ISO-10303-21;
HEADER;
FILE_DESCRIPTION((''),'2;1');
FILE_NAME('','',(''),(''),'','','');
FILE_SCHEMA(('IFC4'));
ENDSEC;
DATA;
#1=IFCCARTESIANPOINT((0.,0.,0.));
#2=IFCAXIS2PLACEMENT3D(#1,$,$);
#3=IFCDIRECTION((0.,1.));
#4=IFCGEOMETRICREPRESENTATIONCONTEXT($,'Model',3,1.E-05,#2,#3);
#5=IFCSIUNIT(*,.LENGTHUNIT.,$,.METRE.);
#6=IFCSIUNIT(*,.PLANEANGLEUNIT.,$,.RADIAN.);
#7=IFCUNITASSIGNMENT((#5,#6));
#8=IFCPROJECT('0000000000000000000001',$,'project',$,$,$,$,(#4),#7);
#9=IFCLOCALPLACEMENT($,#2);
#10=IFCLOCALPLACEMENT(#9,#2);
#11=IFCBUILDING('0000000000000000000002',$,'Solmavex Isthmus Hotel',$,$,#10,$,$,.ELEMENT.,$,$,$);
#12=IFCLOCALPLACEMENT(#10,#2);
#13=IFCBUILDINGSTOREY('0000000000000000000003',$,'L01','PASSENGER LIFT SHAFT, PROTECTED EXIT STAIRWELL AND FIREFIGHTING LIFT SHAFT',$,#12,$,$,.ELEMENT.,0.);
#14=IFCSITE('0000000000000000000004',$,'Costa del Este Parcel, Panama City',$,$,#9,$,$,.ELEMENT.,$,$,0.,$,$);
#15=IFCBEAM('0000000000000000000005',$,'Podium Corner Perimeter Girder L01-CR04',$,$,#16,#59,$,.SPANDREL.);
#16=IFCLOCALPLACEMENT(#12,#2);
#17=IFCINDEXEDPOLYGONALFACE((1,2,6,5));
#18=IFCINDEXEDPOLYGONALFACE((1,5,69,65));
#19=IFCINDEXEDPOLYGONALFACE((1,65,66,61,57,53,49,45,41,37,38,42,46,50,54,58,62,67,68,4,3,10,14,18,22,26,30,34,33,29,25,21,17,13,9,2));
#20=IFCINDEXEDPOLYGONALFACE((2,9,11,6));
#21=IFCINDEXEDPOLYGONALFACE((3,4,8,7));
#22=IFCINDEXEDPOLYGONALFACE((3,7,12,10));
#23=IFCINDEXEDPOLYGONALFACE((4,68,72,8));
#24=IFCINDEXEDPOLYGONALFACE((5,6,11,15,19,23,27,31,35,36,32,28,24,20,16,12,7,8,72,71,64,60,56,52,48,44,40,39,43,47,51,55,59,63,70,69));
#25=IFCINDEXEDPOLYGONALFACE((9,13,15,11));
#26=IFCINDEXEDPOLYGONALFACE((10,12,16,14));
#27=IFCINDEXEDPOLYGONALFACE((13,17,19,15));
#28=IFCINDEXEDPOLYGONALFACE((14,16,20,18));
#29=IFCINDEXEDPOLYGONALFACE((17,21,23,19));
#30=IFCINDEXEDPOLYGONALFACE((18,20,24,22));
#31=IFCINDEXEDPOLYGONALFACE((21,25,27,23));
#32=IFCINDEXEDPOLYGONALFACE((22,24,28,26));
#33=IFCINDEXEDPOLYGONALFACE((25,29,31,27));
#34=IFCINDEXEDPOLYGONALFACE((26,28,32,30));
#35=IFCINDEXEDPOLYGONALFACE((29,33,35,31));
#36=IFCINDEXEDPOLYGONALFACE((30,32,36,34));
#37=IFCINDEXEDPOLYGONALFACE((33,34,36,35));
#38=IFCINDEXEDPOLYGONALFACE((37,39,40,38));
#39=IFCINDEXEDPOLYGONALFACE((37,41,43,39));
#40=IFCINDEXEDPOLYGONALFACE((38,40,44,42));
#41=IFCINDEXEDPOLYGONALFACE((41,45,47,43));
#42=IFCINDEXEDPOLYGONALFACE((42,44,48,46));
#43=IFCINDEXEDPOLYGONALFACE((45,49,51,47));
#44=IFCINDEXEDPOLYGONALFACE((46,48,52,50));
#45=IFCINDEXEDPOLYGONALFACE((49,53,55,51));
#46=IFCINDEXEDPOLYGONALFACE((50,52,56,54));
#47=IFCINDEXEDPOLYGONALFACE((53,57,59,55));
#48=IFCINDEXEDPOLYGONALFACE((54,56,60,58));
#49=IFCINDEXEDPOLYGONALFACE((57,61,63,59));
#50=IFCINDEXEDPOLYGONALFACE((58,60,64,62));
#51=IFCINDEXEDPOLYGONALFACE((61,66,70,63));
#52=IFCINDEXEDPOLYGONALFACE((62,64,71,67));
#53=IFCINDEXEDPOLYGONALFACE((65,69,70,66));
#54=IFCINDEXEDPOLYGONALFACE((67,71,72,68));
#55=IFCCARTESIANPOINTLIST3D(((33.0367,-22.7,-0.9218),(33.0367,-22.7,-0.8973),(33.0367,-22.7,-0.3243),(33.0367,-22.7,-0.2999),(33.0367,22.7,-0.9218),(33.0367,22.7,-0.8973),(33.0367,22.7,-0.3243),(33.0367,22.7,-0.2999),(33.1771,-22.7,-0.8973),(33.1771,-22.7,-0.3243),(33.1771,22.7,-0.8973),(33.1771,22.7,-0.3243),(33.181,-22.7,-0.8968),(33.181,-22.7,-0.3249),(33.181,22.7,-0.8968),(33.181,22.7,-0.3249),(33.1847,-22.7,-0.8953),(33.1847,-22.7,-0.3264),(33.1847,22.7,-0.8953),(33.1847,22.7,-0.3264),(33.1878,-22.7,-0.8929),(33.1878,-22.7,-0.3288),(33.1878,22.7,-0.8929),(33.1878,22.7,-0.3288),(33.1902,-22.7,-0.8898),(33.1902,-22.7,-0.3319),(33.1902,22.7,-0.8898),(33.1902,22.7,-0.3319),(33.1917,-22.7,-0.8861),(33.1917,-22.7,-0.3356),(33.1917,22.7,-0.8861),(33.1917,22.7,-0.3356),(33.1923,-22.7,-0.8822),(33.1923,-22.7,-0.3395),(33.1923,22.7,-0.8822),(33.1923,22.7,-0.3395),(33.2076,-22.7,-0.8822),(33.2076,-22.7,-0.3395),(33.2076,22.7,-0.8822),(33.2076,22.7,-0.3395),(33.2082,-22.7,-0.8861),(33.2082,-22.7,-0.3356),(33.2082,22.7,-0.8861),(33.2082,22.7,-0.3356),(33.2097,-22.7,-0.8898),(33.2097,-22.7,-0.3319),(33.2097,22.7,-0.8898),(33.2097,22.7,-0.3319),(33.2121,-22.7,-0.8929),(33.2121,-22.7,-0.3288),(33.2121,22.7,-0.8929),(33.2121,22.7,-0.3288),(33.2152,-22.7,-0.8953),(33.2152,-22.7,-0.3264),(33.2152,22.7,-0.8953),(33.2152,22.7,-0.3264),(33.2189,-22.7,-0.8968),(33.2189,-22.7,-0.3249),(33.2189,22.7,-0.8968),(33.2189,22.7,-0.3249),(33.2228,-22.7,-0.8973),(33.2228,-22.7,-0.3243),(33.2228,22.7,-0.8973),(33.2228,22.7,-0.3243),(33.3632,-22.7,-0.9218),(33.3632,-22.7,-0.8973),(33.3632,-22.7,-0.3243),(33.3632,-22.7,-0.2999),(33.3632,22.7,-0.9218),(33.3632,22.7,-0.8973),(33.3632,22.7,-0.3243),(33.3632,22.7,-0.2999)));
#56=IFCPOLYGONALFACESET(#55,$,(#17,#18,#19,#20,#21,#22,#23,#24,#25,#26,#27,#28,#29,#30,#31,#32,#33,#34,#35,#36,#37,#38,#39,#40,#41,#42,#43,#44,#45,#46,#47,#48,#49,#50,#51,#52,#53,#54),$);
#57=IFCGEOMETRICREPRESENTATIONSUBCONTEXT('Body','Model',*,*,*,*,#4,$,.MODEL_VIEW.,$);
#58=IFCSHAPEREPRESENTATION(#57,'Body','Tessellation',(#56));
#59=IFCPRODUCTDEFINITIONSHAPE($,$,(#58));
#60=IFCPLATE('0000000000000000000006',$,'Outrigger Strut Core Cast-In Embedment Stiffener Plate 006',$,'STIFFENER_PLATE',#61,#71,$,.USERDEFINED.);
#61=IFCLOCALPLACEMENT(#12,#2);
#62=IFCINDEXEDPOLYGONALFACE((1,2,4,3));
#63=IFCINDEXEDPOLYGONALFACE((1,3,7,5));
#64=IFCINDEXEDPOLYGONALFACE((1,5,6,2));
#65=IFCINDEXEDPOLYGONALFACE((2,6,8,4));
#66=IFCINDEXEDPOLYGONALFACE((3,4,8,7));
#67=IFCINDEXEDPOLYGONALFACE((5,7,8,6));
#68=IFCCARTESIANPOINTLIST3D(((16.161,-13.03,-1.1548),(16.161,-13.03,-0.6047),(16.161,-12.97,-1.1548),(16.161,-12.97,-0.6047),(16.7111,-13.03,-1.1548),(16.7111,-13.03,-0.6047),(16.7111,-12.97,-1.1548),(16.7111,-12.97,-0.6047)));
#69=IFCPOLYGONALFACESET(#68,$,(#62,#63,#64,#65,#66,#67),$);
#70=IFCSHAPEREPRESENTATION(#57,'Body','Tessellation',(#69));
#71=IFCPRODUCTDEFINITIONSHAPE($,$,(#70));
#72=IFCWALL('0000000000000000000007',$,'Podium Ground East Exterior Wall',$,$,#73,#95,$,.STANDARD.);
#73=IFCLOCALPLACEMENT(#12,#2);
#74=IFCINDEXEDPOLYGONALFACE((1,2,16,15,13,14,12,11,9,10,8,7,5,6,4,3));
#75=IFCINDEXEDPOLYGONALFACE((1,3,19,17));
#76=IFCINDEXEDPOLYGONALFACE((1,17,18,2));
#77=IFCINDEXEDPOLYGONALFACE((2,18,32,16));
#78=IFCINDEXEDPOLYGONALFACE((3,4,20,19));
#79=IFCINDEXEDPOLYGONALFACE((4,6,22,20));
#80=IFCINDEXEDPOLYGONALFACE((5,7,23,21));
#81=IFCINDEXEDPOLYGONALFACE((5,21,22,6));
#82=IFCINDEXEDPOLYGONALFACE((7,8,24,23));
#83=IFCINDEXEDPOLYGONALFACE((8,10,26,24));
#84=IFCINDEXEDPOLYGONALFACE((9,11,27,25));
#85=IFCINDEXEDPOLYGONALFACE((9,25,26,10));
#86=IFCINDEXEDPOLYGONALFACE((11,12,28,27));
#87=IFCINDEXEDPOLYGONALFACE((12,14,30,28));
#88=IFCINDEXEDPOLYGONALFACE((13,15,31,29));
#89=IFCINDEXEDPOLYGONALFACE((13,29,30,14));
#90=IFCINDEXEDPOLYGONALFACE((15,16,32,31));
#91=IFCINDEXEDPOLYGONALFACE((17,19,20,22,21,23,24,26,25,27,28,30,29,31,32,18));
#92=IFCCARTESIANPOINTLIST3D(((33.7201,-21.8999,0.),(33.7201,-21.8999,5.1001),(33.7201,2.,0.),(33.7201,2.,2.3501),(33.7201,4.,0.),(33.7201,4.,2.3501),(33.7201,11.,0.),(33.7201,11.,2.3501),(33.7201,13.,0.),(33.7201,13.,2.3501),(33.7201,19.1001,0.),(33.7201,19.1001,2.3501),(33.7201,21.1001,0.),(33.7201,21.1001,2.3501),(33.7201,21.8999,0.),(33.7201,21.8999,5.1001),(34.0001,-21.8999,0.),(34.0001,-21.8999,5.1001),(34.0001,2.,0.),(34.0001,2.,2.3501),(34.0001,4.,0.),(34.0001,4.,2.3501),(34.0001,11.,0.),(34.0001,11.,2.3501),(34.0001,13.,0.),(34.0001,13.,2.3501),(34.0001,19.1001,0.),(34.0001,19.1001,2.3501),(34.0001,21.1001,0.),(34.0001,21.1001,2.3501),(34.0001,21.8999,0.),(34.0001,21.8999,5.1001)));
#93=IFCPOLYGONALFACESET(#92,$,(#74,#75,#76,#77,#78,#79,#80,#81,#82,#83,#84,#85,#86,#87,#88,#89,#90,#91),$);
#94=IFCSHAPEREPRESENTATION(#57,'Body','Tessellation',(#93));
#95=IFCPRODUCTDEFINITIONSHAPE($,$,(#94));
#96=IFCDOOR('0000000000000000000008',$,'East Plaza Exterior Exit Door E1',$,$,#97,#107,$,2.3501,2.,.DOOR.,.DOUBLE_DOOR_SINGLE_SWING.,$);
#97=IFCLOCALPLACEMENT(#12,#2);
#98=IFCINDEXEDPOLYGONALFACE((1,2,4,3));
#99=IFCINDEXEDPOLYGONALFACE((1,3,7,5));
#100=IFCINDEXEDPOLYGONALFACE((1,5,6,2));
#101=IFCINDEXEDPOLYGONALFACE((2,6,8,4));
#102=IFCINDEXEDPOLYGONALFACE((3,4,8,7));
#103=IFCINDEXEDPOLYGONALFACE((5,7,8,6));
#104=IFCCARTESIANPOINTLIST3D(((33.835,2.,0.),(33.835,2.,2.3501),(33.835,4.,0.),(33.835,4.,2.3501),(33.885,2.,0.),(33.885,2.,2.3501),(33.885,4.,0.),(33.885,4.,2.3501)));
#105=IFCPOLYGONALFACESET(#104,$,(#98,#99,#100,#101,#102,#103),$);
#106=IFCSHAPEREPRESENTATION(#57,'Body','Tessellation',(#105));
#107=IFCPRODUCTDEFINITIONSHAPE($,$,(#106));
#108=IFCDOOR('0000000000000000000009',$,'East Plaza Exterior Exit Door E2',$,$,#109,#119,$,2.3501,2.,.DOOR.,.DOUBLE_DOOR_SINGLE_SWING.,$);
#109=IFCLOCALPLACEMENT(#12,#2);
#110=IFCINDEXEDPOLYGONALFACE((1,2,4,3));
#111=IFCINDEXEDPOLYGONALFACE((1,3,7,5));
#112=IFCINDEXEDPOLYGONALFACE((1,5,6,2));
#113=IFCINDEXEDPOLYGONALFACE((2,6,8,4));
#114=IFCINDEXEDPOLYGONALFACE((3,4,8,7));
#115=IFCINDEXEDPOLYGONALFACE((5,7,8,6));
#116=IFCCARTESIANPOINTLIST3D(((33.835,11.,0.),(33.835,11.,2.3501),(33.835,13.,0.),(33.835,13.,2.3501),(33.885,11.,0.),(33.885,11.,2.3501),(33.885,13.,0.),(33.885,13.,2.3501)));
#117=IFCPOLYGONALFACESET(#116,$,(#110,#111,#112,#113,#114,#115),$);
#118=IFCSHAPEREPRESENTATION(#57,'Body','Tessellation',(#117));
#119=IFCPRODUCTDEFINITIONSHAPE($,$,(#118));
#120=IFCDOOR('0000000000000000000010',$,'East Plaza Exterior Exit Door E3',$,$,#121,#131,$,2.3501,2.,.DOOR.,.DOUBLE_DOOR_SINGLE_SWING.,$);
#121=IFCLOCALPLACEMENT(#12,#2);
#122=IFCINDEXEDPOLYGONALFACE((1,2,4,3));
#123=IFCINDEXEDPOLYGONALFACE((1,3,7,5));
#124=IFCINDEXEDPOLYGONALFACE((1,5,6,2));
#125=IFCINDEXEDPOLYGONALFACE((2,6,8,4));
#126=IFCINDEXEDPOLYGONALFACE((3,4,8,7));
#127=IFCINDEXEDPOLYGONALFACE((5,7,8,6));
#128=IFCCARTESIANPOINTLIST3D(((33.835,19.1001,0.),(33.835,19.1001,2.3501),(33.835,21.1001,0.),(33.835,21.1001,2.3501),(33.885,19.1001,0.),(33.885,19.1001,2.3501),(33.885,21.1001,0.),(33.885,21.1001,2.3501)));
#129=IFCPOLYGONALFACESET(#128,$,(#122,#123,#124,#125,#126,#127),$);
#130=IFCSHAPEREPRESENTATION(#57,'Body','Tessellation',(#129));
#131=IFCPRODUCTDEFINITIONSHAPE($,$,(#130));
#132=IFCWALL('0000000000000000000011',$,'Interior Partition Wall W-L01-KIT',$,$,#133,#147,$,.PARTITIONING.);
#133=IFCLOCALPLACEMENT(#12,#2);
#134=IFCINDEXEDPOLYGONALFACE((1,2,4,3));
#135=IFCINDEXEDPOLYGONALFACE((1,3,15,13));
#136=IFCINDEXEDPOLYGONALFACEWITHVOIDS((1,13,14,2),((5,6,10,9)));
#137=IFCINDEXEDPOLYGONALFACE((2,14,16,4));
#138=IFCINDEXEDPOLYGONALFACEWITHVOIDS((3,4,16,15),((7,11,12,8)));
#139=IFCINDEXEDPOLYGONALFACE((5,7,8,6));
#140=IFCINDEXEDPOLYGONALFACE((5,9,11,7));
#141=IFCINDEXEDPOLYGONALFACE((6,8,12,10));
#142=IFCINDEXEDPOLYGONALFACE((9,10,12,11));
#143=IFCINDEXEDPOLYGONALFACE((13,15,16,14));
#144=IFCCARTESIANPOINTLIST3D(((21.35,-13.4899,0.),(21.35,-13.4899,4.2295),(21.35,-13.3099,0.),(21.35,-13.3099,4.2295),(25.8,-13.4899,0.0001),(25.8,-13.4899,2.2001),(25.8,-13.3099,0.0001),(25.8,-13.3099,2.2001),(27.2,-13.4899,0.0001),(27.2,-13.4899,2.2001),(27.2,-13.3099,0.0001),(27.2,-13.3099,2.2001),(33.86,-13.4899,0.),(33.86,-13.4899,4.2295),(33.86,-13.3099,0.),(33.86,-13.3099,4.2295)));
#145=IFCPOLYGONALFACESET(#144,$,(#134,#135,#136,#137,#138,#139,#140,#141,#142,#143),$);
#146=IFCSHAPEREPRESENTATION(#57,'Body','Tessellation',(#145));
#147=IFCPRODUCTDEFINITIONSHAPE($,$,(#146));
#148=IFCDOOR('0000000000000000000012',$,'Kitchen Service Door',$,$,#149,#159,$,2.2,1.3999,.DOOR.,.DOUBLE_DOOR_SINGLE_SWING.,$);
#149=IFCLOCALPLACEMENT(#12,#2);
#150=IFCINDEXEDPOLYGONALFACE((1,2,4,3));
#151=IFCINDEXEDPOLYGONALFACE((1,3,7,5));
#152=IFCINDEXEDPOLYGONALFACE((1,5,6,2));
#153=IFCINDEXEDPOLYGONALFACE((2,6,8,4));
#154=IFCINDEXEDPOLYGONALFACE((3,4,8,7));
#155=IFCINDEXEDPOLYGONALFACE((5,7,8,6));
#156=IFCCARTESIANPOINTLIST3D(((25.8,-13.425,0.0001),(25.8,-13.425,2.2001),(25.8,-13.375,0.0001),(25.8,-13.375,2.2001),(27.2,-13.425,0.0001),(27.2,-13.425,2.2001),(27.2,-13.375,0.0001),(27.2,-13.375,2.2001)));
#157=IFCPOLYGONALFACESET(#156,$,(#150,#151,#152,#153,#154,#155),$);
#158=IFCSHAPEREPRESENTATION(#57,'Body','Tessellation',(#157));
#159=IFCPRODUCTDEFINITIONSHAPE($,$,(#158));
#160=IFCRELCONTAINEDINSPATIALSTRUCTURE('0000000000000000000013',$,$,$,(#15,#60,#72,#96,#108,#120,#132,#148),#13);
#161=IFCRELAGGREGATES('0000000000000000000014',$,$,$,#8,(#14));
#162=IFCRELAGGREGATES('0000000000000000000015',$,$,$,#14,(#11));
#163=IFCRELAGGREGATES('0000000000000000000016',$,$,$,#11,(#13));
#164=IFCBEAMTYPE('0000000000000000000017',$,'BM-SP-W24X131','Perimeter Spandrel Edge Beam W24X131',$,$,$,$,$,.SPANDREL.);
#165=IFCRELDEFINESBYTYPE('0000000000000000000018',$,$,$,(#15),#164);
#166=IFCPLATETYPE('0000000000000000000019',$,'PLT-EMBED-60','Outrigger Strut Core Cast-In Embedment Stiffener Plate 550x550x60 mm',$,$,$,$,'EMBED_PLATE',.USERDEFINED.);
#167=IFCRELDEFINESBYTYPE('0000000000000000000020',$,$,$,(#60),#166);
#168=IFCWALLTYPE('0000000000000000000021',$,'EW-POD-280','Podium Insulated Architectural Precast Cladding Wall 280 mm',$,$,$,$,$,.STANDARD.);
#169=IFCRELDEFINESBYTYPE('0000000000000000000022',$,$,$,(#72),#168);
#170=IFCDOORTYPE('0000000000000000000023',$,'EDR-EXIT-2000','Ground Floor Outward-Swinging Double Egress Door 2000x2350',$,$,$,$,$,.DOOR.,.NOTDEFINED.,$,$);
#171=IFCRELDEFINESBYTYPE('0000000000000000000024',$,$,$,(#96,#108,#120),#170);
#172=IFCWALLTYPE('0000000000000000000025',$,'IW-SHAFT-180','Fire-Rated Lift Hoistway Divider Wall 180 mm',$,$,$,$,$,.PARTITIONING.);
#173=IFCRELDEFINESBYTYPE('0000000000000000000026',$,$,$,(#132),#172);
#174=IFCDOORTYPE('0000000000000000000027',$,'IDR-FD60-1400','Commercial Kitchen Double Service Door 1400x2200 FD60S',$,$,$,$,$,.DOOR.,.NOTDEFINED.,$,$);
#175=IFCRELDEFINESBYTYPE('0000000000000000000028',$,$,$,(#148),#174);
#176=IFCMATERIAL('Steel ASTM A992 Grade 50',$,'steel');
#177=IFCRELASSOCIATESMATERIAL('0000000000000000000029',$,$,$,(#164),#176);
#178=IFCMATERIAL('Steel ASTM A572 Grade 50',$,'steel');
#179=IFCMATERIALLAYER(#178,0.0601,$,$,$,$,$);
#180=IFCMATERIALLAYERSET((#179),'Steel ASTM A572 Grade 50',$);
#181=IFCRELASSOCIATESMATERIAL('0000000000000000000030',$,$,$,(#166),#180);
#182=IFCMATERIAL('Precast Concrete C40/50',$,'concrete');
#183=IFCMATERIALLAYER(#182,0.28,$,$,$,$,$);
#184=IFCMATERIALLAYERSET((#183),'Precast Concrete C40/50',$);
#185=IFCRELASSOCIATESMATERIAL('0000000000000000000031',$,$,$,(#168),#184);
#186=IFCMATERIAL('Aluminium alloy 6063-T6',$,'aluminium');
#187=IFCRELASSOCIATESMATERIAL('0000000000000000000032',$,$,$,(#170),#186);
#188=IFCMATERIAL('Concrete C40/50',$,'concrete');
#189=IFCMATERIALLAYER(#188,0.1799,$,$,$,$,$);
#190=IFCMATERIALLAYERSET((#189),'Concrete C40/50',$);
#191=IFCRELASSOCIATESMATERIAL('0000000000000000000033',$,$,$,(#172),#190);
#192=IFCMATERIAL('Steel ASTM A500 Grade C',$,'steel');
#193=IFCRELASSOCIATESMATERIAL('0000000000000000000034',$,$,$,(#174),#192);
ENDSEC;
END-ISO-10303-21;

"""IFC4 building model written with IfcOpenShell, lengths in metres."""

from ifc_helpers import new_model, si_unit, direction, frame, frame_2d, origin, origin_2d, place, context, subcontext, project, spatial, rectangle, i_section, extrude, material, layer, layer_set, material_profile, profile_set, type_object, element, fill, save


model = new_model("IFC4")

# Units and contexts
model_context = context("Model", 3, precision=1e-05, world=origin(), true_north=direction((0.0, 1.0)))
body_context = subcontext(model_context, "Body", "Model", "MODEL_VIEW")
ifc_project = project(units=[si_unit("LENGTHUNIT", "METRE"), si_unit("PLANEANGLEUNIT", "RADIAN")], contexts=[model_context])

# Site, building, storey
site_placement = place(None, origin())
site = spatial("IfcSite", under=ifc_project, at=site_placement, Name="Costa del Este Parcel, Panama City", CompositionType="ELEMENT", RefElevation=0.0)
building_placement = place(site_placement, origin())
building = spatial("IfcBuilding", under=site, at=building_placement, Name="Solmavex Isthmus Hotel", CompositionType="ELEMENT")
storey_placement = place(building_placement, origin())
storey = spatial("IfcBuildingStorey", under=building, at=storey_placement, Name="L01", Description="PASSENGER LIFT SHAFT, PROTECTED EXIT STAIRWELL AND FIREFIGHTING LIFT SHAFT", CompositionType="ELEMENT", Elevation=0.0)

# Beam
ifc_material_1 = material(Name="Steel ASTM A992 Grade 50", Category="steel")
ifc_material_profile_1 = material_profile(ifc_material_1, i_section(OverallWidth=0.3264, OverallDepth=0.6218, WebThickness=0.0154, FlangeThickness=0.0244, FilletRadius=0.0151, at=origin_2d()), Name="W24X131")
ifc_profile_set_1 = profile_set([ifc_material_profile_1], Name="Steel ASTM A992 Grade 50")
beam_type_1 = type_object("IfcBeamType", Name="BM-SP-W24X131", Description="Perimeter Spandrel Edge Beam W24X131", PredefinedType="SPANDREL", material=ifc_profile_set_1)
beam_1_placement = place(storey_placement, frame((33.2, -22.7, -0.6108), z_axis=(0.0, 1.0, 0.0), x_axis=(-1.0, 0.0, 0.0)))
element("IfcBeam", 1, at=beam_1_placement, inside=storey, type_object=beam_type_1, Name="Podium Corner Perimeter Girder L01-CR04", PredefinedType="SPANDREL", context=body_context, shape_type="SweptSolid", body=[
    extrude(i_section(OverallWidth=0.3264, OverallDepth=0.6218, WebThickness=0.0154, FlangeThickness=0.0244, FilletRadius=0.0151, at=origin_2d()), origin(), (0.0, 0.0, 1.0), 45.3999),
])

# Plate
ifc_material_2 = material(Name="Steel ASTM A572 Grade 50", Category="steel")
ifc_layer_1 = layer(ifc_material_2, 0.0601)
ifc_layer_set_1 = layer_set([ifc_layer_1], Name="Steel ASTM A572 Grade 50")
plate_type = type_object("IfcPlateType", Name="PLT-EMBED-60", Description="Outrigger Strut Core Cast-In Embedment Stiffener Plate 550x550x60 mm", ElementType="EMBED_PLATE", PredefinedType="USERDEFINED", material=ifc_layer_set_1)
plate_placement = place(storey_placement, frame((16.436, -13.0, -1.1548), z_axis=(0.0, 0.0, 1.0), x_axis=(1.0, 0.0, 0.0)))
element("IfcPlate", 2, at=plate_placement, inside=storey, type_object=plate_type, Name="Outrigger Strut Core Cast-In Embedment Stiffener Plate 006", ObjectType="STIFFENER_PLATE", PredefinedType="USERDEFINED", context=body_context, shape_type="SweptSolid", body=[
    extrude(rectangle(XDim=0.55, YDim=0.0601, at=origin_2d()), origin(), (0.0, 0.0, 1.0), 0.55),
])

# Wall, openings, doors
ifc_material_3 = material(Name="Precast Concrete C40/50", Category="concrete")
ifc_layer_2 = layer(ifc_material_3, 0.28)
ifc_layer_set_2 = layer_set([ifc_layer_2], Name="Precast Concrete C40/50")
wall_type_1 = type_object("IfcWallType", Name="EW-POD-280", Description="Podium Insulated Architectural Precast Cladding Wall 280 mm", PredefinedType="STANDARD", material=ifc_layer_set_2)
wall_1_placement = place(storey_placement, frame((33.8601, -21.8999, 0.0), z_axis=(0.0, 0.0, 1.0), x_axis=(0.0, 1.0, 0.0)))
wall_1 = element("IfcWall", 3, at=wall_1_placement, inside=storey, type_object=wall_type_1, Name="Podium Ground East Exterior Wall", PredefinedType="STANDARD", context=body_context, shape_type="SweptSolid", body=[
    extrude(rectangle(XDim=43.7998, YDim=0.28, at=frame_2d((21.8999, 0.0))), origin(), (0.0, 0.0, 1.0), 5.1001),
])
opening_1_placement = place(wall_1_placement, frame((23.8999, 0.0, 0.0)))
opening_1 = element("IfcOpeningElement", 4, at=opening_1_placement, cuts=wall_1, PredefinedType="OPENING", context=body_context, shape_type="SweptSolid", body=[
    extrude(rectangle(XDim=2.0, YDim=2.3501, at=frame_2d((1.0, 1.175))), frame((0.0, 0.1499, 0.0), z_axis=(0.0, -1.0, 0.0), x_axis=(1.0, 0.0, 0.0)), (0.0, 0.0, 1.0), 0.3),
])
opening_2_placement = place(wall_1_placement, frame((32.8999, 0.0, 0.0)))
opening_2 = element("IfcOpeningElement", 5, at=opening_2_placement, cuts=wall_1, PredefinedType="OPENING", context=body_context, shape_type="SweptSolid", body=[
    extrude(rectangle(XDim=2.0, YDim=2.3501, at=frame_2d((1.0, 1.175))), frame((0.0, 0.1499, 0.0), z_axis=(0.0, -1.0, 0.0), x_axis=(1.0, 0.0, 0.0)), (0.0, 0.0, 1.0), 0.3),
])
opening_3_placement = place(wall_1_placement, frame((41.0, 0.0, 0.0)))
opening_3 = element("IfcOpeningElement", 6, at=opening_3_placement, cuts=wall_1, PredefinedType="OPENING", context=body_context, shape_type="SweptSolid", body=[
    extrude(rectangle(XDim=2.0, YDim=2.3501, at=frame_2d((1.0, 1.175))), frame((0.0, 0.1499, 0.0), z_axis=(0.0, -1.0, 0.0), x_axis=(1.0, 0.0, 0.0)), (0.0, 0.0, 1.0), 0.3),
])
ifc_material_4 = material(Name="Aluminium alloy 6063-T6", Category="aluminium")
door_type_1 = type_object("IfcDoorType", Name="EDR-EXIT-2000", Description="Ground Floor Outward-Swinging Double Egress Door 2000x2350", OperationType="NOTDEFINED", PredefinedType="DOOR", material=ifc_material_4)
door_1_placement = place(opening_1_placement, frame((2.0, 0.0, 0.0), z_axis=(0.0, 0.0, 1.0), x_axis=(-1.0, 0.0, 0.0)))
door_1 = element("IfcDoor", 7, at=door_1_placement, inside=storey, type_object=door_type_1, Name="East Plaza Exterior Exit Door E1", OperationType="DOUBLE_DOOR_SINGLE_SWING", OverallHeight=2.3501, OverallWidth=2.0, PredefinedType="DOOR", context=body_context, shape_type="SweptSolid", body=[
    extrude(rectangle(XDim=2.0, YDim=2.3501, at=frame_2d((1.0, 1.175))), frame((0.0, 0.0249, 0.0), z_axis=(0.0, -1.0, 0.0), x_axis=(1.0, 0.0, 0.0)), (0.0, 0.0, 1.0), 0.05),
])
fill(opening_1, door_1)
door_2_placement = place(opening_2_placement, frame((2.0, 0.0, 0.0), z_axis=(0.0, 0.0, 1.0), x_axis=(-1.0, 0.0, 0.0)))
door_2 = element("IfcDoor", 8, at=door_2_placement, inside=storey, type_object=door_type_1, Name="East Plaza Exterior Exit Door E2", OperationType="DOUBLE_DOOR_SINGLE_SWING", OverallHeight=2.3501, OverallWidth=2.0, PredefinedType="DOOR", context=body_context, shape_type="SweptSolid", body=[
    extrude(rectangle(XDim=2.0, YDim=2.3501, at=frame_2d((1.0, 1.175))), frame((0.0, 0.0249, 0.0), z_axis=(0.0, -1.0, 0.0), x_axis=(1.0, 0.0, 0.0)), (0.0, 0.0, 1.0), 0.05),
])
fill(opening_2, door_2)
door_3_placement = place(opening_3_placement, frame((2.0, 0.0, 0.0), z_axis=(0.0, 0.0, 1.0), x_axis=(-1.0, 0.0, 0.0)))
door_3 = element("IfcDoor", 9, at=door_3_placement, inside=storey, type_object=door_type_1, Name="East Plaza Exterior Exit Door E3", OperationType="DOUBLE_DOOR_SINGLE_SWING", OverallHeight=2.3501, OverallWidth=2.0, PredefinedType="DOOR", context=body_context, shape_type="SweptSolid", body=[
    extrude(rectangle(XDim=2.0, YDim=2.3501, at=frame_2d((1.0, 1.175))), frame((0.0, 0.0249, 0.0), z_axis=(0.0, -1.0, 0.0), x_axis=(1.0, 0.0, 0.0)), (0.0, 0.0, 1.0), 0.05),
])
fill(opening_3, door_3)

# Wall, opening, door
ifc_material_5 = material(Name="Concrete C40/50", Category="concrete")
ifc_layer_3 = layer(ifc_material_5, 0.1799)
ifc_layer_set_3 = layer_set([ifc_layer_3], Name="Concrete C40/50")
wall_type_2 = type_object("IfcWallType", Name="IW-SHAFT-180", Description="Fire-Rated Lift Hoistway Divider Wall 180 mm", PredefinedType="PARTITIONING", material=ifc_layer_set_3)
wall_2_placement = place(storey_placement, frame((21.3501, -13.3999, 0.0), z_axis=(0.0, 0.0, 1.0), x_axis=(1.0, 0.0, 0.0)))
wall_2 = element("IfcWall", 10, at=wall_2_placement, inside=storey, type_object=wall_type_2, Name="Interior Partition Wall W-L01-KIT", PredefinedType="PARTITIONING", context=body_context, shape_type="SweptSolid", body=[
    extrude(rectangle(XDim=12.51, YDim=0.1799, at=frame_2d((6.2549, 0.0))), origin(), (0.0, 0.0, 1.0), 4.2295),
])
opening_4_placement = place(wall_2_placement, frame((4.45, 0.0, 0.0)))
opening_4 = element("IfcOpeningElement", 11, at=opening_4_placement, cuts=wall_2, PredefinedType="OPENING", context=body_context, shape_type="SweptSolid", body=[
    extrude(rectangle(XDim=1.3999, YDim=2.2, at=frame_2d((0.7, 1.1001))), frame((0.0, 0.0999, 0.0), z_axis=(0.0, -1.0, 0.0), x_axis=(1.0, 0.0, 0.0)), (0.0, 0.0, 1.0), 0.2),
])
ifc_material_6 = material(Name="Steel ASTM A500 Grade C", Category="steel")
door_type_2 = type_object("IfcDoorType", Name="IDR-FD60-1400", Description="Commercial Kitchen Double Service Door 1400x2200 FD60S", OperationType="NOTDEFINED", PredefinedType="DOOR", material=ifc_material_6)
door_4_placement = place(opening_4_placement, origin())
door_4 = element("IfcDoor", 12, at=door_4_placement, inside=storey, type_object=door_type_2, Name="Kitchen Service Door", OperationType="DOUBLE_DOOR_SINGLE_SWING", OverallHeight=2.2, OverallWidth=1.3999, PredefinedType="DOOR", context=body_context, shape_type="SweptSolid", body=[
    extrude(rectangle(XDim=1.3999, YDim=2.2, at=frame_2d((0.7, 1.1001))), frame((0.0, 0.0249, 0.0), z_axis=(0.0, -1.0, 0.0), x_axis=(1.0, 0.0, 0.0)), (0.0, 0.0, 1.0), 0.05),
])
fill(opening_4, door_4)

save(model, "model.ifc")
